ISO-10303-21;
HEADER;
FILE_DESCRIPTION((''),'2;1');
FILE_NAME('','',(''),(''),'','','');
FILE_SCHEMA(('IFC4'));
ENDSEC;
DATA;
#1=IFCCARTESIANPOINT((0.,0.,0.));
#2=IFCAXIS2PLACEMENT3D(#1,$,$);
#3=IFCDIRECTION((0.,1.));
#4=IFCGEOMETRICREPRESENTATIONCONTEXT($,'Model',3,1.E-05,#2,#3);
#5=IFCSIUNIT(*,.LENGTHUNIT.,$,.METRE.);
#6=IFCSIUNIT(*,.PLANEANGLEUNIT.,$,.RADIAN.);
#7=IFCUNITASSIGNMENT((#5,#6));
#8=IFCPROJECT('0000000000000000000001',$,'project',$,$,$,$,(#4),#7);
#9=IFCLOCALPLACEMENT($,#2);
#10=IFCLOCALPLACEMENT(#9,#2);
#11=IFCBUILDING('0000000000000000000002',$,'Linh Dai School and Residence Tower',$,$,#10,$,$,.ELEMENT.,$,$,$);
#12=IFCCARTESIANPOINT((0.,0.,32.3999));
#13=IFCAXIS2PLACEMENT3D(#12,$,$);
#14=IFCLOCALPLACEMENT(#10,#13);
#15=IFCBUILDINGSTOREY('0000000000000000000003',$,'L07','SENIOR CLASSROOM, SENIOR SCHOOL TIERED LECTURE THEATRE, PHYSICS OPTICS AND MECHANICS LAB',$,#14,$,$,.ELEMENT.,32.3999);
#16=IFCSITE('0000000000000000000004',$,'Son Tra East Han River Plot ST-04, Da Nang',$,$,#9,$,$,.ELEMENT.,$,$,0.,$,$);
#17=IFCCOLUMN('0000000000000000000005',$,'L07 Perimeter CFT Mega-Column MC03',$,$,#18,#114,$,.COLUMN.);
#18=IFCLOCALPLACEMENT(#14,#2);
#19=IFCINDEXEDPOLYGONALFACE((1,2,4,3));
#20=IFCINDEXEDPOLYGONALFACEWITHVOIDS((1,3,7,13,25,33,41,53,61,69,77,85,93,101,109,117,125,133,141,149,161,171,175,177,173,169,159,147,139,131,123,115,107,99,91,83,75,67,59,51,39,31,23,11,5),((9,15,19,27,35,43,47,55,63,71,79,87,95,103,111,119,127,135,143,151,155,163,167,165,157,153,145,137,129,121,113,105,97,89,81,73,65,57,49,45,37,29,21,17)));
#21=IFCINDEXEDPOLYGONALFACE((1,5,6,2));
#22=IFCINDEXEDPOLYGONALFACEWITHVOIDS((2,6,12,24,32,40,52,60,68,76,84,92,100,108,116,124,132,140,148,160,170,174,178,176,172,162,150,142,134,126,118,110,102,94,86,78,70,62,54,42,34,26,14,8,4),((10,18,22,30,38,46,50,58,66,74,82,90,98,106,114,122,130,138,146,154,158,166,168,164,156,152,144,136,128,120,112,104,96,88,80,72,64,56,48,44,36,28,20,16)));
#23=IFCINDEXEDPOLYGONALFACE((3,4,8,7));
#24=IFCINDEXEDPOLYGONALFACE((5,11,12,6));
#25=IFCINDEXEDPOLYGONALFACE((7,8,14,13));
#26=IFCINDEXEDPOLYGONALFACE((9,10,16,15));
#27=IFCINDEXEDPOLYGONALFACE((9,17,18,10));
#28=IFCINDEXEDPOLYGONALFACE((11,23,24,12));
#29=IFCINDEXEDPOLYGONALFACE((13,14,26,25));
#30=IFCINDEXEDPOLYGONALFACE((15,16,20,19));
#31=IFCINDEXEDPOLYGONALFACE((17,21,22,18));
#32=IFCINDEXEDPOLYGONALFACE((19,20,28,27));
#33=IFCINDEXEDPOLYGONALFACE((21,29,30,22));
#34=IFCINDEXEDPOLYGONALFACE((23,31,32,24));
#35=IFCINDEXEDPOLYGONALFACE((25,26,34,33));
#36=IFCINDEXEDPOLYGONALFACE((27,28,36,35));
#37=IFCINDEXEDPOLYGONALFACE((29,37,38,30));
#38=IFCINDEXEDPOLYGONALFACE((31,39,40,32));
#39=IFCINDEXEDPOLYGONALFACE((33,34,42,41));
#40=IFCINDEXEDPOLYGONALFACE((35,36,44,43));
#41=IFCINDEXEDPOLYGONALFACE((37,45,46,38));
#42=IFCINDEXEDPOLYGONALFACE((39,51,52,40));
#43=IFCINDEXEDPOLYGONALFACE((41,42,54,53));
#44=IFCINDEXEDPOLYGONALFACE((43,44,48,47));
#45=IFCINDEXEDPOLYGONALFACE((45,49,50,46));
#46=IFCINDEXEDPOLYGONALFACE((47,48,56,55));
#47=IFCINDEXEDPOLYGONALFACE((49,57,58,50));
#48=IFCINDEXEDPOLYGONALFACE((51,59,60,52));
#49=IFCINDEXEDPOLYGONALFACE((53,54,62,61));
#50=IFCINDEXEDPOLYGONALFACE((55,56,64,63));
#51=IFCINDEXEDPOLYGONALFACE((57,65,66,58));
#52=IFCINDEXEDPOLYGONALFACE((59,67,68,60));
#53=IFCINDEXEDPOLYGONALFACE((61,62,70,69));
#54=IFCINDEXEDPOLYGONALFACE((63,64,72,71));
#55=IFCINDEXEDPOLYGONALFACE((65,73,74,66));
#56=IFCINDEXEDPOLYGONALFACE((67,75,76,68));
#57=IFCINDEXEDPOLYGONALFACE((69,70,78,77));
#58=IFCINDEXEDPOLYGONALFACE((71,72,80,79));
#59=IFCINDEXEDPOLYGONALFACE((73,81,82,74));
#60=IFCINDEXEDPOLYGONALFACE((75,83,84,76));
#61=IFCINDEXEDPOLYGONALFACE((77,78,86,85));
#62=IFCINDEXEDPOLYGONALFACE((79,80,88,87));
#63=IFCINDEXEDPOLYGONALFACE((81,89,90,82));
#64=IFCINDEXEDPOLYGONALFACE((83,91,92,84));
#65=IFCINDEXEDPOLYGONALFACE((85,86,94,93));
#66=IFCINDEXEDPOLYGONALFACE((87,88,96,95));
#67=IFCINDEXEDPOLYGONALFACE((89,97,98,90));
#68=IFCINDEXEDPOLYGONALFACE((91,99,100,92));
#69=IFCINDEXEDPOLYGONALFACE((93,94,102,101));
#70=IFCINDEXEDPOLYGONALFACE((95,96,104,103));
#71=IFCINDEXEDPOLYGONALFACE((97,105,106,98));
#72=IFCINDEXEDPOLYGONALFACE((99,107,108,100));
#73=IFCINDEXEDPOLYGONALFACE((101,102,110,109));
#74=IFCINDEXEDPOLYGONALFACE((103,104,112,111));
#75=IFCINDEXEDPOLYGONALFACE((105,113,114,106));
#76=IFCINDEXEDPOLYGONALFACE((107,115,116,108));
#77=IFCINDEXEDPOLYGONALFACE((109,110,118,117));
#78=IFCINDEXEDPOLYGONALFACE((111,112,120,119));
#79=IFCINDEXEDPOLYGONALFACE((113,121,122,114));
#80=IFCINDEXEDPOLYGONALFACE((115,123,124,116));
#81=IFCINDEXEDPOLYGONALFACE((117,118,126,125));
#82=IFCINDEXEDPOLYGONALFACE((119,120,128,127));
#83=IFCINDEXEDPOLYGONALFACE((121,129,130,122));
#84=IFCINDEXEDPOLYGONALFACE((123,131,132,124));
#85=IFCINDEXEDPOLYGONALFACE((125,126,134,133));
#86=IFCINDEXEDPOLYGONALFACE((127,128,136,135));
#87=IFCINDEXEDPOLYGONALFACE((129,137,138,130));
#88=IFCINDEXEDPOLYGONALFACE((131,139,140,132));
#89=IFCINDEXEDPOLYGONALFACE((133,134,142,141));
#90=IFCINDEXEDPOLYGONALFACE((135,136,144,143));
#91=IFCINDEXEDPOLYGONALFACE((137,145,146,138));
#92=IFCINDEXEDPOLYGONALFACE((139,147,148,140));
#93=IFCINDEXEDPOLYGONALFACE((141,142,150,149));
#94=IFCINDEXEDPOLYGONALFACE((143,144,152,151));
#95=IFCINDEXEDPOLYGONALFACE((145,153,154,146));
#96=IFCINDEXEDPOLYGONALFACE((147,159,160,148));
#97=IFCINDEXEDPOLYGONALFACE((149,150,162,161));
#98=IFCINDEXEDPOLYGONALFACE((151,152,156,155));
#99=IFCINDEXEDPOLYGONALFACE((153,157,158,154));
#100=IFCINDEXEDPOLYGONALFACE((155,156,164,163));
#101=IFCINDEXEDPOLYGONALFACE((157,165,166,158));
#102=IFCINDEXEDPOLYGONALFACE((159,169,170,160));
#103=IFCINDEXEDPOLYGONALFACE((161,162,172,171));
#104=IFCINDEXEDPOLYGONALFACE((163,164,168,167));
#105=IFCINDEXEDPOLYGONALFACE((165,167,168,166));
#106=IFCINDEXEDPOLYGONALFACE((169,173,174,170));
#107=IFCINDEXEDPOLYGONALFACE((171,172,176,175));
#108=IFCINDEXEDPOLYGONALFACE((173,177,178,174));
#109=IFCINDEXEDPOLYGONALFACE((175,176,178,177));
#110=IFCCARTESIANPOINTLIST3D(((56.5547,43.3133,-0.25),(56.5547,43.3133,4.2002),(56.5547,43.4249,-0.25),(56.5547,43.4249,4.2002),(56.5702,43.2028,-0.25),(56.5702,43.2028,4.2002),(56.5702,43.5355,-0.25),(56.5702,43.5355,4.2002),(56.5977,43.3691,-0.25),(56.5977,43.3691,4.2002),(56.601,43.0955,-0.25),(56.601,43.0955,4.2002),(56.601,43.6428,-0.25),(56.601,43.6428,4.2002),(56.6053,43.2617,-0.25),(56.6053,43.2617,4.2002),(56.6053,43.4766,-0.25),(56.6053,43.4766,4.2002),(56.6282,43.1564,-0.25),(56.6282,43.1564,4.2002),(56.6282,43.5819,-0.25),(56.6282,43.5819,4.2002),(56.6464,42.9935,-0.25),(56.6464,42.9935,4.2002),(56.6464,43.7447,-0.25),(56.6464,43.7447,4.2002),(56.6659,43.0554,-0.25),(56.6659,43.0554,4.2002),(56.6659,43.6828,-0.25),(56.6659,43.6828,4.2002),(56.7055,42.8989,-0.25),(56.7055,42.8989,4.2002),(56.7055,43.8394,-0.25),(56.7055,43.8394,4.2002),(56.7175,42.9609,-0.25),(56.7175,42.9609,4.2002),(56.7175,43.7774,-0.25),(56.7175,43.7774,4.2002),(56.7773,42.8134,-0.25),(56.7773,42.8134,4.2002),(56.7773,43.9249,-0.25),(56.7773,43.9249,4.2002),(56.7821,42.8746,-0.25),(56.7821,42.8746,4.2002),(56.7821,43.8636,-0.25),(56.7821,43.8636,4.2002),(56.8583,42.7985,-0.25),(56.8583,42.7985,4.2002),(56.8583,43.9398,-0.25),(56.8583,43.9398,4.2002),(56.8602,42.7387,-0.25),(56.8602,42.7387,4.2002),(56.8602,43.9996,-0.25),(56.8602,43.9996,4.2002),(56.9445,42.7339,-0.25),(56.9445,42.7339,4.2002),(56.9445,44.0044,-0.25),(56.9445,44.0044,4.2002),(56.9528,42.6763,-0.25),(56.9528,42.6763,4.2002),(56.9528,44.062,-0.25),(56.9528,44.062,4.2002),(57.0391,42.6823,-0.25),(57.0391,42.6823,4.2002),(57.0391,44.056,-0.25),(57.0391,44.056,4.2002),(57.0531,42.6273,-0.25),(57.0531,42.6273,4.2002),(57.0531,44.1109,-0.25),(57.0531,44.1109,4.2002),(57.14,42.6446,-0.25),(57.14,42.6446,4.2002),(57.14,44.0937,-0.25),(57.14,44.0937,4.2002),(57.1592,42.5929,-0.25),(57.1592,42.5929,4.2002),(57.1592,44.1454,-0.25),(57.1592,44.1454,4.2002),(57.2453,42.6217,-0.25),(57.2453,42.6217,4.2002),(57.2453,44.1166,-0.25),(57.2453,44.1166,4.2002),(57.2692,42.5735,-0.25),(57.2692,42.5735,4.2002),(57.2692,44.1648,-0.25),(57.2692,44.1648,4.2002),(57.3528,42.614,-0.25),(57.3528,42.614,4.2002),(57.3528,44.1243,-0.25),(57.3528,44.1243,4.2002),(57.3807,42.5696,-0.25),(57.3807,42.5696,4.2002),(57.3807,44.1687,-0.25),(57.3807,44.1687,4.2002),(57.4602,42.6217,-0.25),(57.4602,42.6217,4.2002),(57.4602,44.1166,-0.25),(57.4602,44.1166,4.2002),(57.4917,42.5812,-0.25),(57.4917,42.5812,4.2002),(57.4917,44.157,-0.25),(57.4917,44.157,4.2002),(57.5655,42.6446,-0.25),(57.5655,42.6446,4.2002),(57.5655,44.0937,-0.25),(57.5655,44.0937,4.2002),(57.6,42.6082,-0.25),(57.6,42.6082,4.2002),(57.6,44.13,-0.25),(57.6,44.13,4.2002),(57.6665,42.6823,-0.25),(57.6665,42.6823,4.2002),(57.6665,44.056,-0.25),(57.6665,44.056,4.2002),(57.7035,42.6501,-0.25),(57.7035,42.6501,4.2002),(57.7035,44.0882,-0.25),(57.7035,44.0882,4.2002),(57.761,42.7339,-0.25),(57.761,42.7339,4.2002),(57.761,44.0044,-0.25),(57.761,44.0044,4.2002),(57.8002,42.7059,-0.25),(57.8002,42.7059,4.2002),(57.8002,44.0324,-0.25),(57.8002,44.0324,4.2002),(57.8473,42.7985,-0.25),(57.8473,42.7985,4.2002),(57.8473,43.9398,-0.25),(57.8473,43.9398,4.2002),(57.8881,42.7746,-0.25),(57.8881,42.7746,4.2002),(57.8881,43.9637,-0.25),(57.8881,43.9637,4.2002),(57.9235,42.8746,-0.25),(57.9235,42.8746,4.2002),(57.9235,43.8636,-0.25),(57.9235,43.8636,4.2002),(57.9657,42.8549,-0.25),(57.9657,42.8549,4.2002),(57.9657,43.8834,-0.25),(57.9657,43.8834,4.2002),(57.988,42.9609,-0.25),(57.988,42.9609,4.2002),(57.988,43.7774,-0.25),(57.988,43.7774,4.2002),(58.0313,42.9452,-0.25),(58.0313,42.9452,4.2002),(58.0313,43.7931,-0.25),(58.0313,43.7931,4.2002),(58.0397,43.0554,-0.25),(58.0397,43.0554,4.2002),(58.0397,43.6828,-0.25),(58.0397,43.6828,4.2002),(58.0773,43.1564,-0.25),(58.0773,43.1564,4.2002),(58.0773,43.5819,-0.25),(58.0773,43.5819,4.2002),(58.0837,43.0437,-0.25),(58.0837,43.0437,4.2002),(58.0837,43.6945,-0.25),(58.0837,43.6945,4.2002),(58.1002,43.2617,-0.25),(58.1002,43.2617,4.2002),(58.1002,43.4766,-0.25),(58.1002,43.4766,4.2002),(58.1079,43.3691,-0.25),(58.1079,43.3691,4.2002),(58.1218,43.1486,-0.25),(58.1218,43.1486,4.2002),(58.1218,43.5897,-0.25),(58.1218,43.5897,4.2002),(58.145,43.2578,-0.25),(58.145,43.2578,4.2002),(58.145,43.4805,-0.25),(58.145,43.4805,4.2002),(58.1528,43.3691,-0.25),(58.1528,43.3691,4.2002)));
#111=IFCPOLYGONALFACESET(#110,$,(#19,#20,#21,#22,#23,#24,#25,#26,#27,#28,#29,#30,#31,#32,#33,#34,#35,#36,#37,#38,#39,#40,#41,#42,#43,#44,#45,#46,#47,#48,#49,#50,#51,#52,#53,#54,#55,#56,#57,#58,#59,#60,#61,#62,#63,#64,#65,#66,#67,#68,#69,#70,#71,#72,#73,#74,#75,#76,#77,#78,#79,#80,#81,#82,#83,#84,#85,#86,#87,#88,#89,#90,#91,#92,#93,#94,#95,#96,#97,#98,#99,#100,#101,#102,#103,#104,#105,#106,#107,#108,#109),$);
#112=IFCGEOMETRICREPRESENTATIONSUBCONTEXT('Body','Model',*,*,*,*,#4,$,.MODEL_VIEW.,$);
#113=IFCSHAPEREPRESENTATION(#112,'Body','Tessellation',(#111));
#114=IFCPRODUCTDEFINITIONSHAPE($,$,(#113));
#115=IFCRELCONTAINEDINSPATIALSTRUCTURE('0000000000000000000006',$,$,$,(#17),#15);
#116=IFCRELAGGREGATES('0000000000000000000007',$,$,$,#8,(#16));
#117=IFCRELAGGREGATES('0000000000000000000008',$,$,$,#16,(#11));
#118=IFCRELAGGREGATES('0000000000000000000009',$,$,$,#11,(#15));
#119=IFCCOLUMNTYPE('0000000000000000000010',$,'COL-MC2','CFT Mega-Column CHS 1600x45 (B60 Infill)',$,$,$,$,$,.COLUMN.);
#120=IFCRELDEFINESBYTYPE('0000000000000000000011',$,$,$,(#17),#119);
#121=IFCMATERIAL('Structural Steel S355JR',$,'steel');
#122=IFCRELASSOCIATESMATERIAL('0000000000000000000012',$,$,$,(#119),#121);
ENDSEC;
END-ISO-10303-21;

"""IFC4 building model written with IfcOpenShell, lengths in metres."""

from ifc_helpers import new_model, si_unit, direction, frame, origin, origin_2d, place, context, subcontext, project, spatial, hollow_circle, extrude, material, material_profile, profile_set, type_object, element, save


model = new_model("IFC4")

# Units and contexts
model_context = context("Model", 3, precision=1e-05, world=origin(), true_north=direction((0.0, 1.0)))
body_context = subcontext(model_context, "Body", "Model", "MODEL_VIEW")
ifc_project = project(units=[si_unit("LENGTHUNIT", "METRE"), si_unit("PLANEANGLEUNIT", "RADIAN")], contexts=[model_context])

# Site, building, storey
site_placement = place(None, origin())
site = spatial("IfcSite", under=ifc_project, at=site_placement, Name="Son Tra East Han River Plot ST-04, Da Nang", CompositionType="ELEMENT", RefElevation=0.0)
building_placement = place(site_placement, origin())
building = spatial("IfcBuilding", under=site, at=building_placement, Name="Linh Dai School and Residence Tower", CompositionType="ELEMENT")
storey_placement = place(building_placement, frame((0.0, 0.0, 32.3999)))
storey = spatial("IfcBuildingStorey", under=building, at=storey_placement, Name="L07", Description="SENIOR CLASSROOM, SENIOR SCHOOL TIERED LECTURE THEATRE, PHYSICS OPTICS AND MECHANICS LAB", CompositionType="ELEMENT", Elevation=32.3999)

# Column
ifc_material_1 = material(Name="Structural Steel S355JR", Category="steel")
ifc_material_profile_1 = material_profile(ifc_material_1, hollow_circle(Radius=0.8, WallThickness=0.0449, at=origin_2d()), Name="CHS 1600x45")
ifc_profile_set_1 = profile_set([ifc_material_profile_1], Name="Structural Steel S355JR")
column_type_1 = type_object("IfcColumnType", Name="COL-MC2", Description="CFT Mega-Column CHS 1600x45 (B60 Infill)", PredefinedType="COLUMN", material=ifc_profile_set_1)
for number, where, z_axis, x_axis, name in (
    (1, (57.3528, 43.3691, -0.25), (0.0, 0.0, 1.0), (1.0, 0.0, 0.0), "L07 Perimeter CFT Mega-Column MC03"),
):
    element("IfcColumn", number, at=place(storey_placement, frame(where, z_axis=z_axis, x_axis=x_axis)), inside=storey, type_object=column_type_1, Name=name, PredefinedType="COLUMN", context=body_context, shape_type="SweptSolid", body=[
        extrude(hollow_circle(Radius=0.8, WallThickness=0.0449, at=origin_2d()), origin(), (0.0, 0.0, 1.0), 4.4502),
    ])

save(model, "model.ifc")
